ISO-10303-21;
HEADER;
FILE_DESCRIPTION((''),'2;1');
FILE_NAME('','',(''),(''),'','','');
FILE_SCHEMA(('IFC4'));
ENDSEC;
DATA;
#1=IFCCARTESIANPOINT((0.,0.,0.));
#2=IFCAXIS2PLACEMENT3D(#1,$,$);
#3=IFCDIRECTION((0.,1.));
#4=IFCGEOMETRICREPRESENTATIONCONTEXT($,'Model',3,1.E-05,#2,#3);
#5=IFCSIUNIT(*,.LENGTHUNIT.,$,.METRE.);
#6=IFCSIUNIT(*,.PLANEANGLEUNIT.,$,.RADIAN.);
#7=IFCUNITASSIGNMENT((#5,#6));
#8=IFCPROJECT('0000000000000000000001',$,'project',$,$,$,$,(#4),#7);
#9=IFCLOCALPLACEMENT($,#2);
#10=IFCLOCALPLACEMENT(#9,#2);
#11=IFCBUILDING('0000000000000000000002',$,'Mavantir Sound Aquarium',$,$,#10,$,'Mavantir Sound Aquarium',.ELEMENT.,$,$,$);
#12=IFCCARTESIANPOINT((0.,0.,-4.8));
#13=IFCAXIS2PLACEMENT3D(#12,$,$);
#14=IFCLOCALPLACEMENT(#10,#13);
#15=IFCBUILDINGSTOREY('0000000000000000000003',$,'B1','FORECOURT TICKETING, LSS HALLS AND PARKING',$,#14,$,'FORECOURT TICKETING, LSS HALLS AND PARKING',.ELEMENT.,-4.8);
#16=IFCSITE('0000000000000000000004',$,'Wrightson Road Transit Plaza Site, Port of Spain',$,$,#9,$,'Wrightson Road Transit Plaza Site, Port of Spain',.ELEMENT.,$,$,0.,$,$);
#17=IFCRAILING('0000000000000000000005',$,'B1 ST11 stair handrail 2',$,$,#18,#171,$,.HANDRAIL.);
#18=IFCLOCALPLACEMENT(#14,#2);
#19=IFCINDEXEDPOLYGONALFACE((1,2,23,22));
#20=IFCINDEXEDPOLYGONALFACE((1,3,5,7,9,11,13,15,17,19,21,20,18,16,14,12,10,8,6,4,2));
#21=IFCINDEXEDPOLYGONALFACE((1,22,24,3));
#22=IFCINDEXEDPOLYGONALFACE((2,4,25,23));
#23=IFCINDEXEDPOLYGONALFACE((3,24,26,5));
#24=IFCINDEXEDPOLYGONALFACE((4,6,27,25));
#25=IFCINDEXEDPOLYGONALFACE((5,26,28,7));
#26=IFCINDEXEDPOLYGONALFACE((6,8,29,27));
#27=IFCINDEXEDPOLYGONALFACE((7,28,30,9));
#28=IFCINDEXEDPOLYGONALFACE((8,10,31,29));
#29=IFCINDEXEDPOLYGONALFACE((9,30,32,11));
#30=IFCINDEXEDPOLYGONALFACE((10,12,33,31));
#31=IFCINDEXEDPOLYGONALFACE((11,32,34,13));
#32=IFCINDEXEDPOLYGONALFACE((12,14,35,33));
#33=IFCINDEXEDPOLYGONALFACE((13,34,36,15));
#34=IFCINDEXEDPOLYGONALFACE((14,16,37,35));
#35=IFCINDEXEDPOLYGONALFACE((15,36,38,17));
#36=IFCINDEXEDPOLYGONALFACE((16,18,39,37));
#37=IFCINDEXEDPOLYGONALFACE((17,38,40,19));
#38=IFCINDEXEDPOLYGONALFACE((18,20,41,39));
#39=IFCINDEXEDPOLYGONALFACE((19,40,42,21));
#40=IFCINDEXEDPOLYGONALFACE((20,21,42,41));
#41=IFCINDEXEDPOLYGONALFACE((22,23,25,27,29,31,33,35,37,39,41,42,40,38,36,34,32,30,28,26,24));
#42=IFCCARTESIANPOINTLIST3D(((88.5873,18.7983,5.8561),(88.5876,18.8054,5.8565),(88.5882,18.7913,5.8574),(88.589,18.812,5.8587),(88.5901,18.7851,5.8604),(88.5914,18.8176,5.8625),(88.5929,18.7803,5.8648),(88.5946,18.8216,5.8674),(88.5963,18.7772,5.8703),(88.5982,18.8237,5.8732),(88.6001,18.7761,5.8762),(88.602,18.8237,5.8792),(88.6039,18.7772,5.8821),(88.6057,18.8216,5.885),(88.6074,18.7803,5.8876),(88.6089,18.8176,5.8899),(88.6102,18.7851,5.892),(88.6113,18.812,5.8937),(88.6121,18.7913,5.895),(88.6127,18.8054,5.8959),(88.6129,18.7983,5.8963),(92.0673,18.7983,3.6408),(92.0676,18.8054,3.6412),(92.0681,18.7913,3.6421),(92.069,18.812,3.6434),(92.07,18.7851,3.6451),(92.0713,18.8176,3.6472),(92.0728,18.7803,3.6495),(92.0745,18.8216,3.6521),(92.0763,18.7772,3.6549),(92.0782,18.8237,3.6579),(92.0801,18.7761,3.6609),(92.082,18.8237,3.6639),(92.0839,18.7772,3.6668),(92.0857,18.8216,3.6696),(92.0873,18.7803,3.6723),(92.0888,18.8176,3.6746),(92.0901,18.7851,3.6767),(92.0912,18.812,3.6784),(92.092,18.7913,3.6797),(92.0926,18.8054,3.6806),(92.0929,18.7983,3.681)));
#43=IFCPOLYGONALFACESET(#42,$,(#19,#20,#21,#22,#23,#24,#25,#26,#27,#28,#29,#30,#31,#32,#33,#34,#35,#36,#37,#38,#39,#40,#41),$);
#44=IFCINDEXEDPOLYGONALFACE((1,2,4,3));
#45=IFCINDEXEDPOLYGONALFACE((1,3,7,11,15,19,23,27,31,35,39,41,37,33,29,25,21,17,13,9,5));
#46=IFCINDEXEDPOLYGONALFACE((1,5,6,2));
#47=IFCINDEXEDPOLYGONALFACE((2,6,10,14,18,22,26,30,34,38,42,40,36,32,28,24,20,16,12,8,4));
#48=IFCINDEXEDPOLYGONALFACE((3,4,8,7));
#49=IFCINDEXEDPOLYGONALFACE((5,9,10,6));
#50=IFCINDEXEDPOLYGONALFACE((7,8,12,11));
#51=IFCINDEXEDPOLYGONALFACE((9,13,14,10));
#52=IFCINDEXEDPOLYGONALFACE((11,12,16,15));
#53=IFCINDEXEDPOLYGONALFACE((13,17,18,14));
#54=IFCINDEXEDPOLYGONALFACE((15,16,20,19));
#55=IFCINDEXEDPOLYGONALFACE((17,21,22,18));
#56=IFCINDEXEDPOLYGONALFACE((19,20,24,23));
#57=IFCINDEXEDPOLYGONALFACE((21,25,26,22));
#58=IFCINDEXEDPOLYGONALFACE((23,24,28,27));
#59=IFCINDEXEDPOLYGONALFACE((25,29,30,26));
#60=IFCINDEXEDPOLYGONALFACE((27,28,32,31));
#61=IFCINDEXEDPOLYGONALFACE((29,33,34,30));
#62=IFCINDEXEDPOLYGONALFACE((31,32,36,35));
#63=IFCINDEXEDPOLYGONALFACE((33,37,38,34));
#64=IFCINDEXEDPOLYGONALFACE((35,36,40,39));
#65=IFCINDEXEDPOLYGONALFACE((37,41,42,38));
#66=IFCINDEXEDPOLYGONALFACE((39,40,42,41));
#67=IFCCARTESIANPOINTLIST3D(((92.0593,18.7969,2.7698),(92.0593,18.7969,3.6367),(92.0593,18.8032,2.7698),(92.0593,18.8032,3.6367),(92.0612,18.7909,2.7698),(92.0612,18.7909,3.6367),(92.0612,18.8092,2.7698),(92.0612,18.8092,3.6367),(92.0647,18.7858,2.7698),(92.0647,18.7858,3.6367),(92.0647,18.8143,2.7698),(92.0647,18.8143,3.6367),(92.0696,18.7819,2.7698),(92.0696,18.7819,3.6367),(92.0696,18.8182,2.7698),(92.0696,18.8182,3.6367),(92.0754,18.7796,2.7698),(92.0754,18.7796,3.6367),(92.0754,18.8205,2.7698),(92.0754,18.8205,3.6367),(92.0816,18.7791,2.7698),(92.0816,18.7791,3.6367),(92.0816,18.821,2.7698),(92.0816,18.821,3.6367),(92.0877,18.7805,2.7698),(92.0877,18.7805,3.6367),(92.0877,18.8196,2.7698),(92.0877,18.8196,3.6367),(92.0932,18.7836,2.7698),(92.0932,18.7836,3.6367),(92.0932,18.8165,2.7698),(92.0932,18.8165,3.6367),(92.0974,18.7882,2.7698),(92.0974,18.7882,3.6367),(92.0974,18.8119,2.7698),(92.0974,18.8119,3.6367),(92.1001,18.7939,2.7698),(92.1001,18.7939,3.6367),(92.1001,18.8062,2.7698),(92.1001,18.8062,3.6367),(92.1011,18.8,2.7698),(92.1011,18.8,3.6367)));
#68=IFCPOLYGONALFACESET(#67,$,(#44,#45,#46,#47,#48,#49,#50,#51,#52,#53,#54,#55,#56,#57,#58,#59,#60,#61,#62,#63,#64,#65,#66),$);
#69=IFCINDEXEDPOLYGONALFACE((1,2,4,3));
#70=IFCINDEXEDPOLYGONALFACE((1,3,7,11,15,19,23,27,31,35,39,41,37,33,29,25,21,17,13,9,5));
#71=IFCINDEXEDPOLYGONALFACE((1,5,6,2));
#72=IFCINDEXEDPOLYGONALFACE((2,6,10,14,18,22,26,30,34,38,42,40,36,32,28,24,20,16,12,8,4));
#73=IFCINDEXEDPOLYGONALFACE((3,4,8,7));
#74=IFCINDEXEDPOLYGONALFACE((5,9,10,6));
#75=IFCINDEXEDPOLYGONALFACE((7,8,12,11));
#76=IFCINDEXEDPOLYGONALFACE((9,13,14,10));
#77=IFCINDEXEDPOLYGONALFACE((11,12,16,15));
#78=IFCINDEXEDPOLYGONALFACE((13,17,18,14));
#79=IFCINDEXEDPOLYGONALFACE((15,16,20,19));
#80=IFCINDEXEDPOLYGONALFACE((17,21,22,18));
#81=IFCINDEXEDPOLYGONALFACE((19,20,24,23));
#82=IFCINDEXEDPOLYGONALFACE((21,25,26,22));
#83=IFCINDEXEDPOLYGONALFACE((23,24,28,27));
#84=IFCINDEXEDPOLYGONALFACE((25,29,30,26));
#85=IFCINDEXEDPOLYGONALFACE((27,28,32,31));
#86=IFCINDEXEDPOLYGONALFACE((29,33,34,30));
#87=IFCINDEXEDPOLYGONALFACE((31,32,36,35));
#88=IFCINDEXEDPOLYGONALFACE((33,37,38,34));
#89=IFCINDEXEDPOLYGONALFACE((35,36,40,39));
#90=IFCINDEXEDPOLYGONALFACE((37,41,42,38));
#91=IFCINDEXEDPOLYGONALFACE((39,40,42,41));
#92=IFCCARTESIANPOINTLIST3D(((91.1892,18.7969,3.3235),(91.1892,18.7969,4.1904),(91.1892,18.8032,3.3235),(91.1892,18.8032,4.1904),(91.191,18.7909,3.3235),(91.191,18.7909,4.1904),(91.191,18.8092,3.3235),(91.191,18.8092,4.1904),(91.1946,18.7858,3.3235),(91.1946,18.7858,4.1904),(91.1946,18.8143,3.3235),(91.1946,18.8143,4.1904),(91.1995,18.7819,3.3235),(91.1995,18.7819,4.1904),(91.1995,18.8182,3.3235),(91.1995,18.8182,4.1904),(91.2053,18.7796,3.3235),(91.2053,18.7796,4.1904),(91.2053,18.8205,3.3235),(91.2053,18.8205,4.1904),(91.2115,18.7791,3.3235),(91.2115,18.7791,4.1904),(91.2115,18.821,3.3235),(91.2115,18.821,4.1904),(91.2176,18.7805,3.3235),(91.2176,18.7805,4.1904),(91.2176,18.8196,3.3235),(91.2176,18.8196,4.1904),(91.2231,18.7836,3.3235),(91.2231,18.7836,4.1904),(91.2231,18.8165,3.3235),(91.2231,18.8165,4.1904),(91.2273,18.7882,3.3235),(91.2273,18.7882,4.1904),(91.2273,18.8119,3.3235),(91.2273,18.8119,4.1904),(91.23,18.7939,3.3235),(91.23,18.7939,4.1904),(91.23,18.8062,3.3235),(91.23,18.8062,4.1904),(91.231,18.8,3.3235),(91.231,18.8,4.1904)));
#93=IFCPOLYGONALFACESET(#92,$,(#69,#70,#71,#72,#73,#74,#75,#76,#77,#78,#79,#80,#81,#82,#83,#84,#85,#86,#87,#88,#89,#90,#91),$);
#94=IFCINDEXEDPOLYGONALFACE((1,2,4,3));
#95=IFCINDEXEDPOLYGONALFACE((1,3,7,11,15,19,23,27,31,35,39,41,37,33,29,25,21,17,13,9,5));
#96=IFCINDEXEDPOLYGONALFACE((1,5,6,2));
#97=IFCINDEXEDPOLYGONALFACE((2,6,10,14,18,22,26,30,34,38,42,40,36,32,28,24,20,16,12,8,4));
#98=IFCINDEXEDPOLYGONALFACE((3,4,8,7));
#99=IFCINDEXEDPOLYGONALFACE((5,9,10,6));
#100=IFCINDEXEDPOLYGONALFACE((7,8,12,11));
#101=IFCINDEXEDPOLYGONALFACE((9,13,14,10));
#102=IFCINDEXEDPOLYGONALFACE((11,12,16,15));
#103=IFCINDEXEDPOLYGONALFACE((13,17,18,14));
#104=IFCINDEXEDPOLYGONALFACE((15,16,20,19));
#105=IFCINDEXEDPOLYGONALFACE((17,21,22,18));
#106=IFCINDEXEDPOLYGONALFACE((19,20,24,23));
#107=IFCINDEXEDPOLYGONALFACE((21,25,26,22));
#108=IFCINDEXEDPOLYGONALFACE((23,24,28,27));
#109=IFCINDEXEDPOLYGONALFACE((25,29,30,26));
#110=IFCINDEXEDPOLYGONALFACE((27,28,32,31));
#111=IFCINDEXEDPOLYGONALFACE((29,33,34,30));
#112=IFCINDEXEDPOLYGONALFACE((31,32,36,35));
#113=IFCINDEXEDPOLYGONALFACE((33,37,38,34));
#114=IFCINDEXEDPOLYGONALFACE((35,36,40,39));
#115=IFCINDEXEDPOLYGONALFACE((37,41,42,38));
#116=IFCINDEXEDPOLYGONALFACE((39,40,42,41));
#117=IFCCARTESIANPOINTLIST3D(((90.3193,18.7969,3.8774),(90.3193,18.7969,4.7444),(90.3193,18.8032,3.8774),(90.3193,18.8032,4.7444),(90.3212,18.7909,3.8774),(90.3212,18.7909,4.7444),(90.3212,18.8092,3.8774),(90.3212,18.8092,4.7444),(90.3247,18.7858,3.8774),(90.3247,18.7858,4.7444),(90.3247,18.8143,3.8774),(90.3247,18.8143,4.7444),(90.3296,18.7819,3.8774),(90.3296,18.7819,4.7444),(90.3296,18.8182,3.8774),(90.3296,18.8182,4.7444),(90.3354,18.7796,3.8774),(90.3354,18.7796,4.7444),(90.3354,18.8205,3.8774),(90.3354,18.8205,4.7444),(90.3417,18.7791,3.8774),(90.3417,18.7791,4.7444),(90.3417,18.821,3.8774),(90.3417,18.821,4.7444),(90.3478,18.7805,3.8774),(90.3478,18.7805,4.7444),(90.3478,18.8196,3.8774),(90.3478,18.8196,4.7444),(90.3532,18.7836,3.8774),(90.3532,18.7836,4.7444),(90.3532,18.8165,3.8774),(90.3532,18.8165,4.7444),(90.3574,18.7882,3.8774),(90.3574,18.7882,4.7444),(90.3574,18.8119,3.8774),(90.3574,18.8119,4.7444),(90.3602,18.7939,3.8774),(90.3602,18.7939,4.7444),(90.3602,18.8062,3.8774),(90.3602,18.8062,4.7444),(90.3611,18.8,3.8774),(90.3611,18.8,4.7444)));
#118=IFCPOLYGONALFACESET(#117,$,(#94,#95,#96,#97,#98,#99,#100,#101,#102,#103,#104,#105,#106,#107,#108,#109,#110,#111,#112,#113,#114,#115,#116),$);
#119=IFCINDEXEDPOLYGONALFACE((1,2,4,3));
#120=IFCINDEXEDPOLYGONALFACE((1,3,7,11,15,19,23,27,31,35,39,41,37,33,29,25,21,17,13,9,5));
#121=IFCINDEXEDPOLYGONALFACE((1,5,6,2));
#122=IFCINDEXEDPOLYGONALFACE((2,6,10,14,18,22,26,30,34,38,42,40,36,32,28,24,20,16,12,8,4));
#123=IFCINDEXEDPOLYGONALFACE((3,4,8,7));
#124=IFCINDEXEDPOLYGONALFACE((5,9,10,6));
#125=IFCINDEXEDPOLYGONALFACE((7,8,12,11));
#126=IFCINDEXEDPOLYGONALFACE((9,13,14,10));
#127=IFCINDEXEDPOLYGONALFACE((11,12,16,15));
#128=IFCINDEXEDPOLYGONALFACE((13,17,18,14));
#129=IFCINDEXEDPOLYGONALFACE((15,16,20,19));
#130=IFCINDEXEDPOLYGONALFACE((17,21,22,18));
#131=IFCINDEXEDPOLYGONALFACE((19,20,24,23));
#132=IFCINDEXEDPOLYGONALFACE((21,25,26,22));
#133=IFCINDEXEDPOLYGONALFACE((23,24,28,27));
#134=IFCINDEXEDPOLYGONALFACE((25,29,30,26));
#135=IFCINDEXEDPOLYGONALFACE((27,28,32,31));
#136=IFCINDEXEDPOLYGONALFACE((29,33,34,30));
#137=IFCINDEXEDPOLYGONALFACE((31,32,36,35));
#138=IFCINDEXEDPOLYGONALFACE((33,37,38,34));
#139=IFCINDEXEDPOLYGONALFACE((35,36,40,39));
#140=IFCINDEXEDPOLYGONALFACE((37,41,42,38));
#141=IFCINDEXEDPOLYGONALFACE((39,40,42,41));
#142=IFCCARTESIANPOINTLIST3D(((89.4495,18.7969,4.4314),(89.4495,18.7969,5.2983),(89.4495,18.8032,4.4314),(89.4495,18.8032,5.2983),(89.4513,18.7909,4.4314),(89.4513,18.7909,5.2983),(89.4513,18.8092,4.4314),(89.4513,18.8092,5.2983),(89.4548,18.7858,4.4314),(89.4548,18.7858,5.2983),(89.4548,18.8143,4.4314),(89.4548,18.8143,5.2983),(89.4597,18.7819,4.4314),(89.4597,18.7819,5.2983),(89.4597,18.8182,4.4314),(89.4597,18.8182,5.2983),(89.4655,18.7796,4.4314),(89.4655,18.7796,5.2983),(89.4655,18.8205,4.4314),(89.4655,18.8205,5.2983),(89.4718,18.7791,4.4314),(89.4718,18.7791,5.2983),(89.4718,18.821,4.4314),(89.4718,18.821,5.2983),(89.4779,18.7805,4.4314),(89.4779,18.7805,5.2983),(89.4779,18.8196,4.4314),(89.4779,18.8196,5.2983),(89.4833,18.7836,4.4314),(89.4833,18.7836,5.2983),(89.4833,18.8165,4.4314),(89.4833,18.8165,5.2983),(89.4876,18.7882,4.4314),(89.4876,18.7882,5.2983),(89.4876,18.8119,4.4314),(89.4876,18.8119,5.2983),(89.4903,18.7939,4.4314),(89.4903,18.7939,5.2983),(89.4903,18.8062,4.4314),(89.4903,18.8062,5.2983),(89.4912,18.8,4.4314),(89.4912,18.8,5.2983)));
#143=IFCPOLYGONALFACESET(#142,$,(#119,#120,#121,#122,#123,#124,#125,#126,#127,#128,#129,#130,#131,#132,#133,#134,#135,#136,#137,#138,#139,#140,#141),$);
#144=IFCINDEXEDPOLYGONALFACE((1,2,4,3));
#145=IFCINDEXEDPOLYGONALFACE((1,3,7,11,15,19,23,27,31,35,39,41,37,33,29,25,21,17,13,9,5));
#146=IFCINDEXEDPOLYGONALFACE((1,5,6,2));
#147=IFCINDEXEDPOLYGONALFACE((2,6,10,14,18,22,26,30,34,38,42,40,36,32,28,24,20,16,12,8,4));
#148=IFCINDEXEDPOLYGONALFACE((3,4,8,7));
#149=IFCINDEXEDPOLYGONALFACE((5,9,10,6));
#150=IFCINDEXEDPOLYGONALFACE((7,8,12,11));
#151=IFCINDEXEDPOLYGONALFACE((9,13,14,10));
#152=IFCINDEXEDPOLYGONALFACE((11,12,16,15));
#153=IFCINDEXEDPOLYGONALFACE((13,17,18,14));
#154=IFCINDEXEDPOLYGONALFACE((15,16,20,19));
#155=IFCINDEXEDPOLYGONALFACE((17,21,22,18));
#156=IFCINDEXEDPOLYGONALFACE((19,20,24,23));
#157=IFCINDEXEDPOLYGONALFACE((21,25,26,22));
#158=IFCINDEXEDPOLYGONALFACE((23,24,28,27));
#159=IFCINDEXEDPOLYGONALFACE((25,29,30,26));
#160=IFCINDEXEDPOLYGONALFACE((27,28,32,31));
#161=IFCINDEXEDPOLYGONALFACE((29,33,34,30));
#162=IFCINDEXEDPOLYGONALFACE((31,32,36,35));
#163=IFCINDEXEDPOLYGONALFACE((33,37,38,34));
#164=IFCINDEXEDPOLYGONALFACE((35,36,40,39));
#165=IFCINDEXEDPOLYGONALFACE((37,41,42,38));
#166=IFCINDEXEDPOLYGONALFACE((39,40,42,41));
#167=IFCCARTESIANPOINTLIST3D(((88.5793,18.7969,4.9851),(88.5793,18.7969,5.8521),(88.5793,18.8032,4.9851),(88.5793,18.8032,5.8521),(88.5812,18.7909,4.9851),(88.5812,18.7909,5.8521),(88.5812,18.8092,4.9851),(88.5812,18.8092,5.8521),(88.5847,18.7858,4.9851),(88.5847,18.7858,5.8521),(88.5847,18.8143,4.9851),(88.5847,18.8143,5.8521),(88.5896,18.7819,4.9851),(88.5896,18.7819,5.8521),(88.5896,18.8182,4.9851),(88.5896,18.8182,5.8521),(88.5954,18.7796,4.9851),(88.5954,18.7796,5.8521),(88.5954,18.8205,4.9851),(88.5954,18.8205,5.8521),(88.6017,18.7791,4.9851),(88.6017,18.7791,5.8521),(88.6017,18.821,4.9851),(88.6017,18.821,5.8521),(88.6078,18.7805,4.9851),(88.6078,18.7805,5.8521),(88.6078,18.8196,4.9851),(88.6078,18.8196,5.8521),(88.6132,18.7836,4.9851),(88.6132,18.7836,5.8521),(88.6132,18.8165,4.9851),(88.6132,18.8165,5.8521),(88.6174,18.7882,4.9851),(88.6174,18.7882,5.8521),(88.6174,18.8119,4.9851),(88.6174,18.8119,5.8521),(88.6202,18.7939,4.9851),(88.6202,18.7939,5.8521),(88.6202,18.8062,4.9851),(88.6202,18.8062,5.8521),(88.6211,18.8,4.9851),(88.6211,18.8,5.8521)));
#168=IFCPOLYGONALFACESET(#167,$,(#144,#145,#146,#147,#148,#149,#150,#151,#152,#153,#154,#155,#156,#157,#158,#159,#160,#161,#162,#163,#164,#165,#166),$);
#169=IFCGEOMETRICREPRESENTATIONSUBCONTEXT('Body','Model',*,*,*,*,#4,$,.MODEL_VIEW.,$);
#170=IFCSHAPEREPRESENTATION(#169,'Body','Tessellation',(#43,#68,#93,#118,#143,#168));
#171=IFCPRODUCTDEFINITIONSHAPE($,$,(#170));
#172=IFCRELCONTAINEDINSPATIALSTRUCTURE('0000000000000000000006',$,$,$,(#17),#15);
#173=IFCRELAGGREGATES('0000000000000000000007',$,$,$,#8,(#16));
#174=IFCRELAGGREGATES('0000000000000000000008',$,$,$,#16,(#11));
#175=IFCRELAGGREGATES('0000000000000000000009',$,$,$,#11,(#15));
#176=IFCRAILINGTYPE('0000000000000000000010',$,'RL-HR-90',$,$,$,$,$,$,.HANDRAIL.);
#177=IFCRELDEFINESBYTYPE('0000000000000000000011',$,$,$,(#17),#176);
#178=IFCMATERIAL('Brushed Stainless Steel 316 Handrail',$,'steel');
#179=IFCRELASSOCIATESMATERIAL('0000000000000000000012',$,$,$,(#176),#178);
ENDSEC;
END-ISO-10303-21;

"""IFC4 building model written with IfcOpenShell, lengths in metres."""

from ifc_helpers import new_model, si_unit, direction, frame, origin, origin_2d, place, context, subcontext, project, spatial, circle, extrude, material, type_object, element, save


model = new_model("IFC4")

# Units and contexts
model_context = context("Model", 3, precision=1e-05, world=origin(), true_north=direction((0.0, 1.0)))
body_context = subcontext(model_context, "Body", "Model", "MODEL_VIEW")
ifc_project = project(units=[si_unit("LENGTHUNIT", "METRE"), si_unit("PLANEANGLEUNIT", "RADIAN")], contexts=[model_context])

# Site, building, storey
site_placement = place(None, origin())
site = spatial("IfcSite", under=ifc_project, at=site_placement, Name="Wrightson Road Transit Plaza Site, Port of Spain", LongName="Wrightson Road Transit Plaza Site, Port of Spain", CompositionType="ELEMENT", RefElevation=0.0)
building_placement = place(site_placement, origin())
building = spatial("IfcBuilding", under=site, at=building_placement, Name="Mavantir Sound Aquarium", LongName="Mavantir Sound Aquarium", CompositionType="ELEMENT")
storey_placement = place(building_placement, frame((0.0, 0.0, -4.8)))
storey = spatial("IfcBuildingStorey", under=building, at=storey_placement, Name="B1", Description="FORECOURT TICKETING, LSS HALLS AND PARKING", LongName="FORECOURT TICKETING, LSS HALLS AND PARKING", CompositionType="ELEMENT", Elevation=-4.8)

# Railing
ifc_material_1 = material(Name="Brushed Stainless Steel 316 Handrail", Category="steel")
railing_type_1 = type_object("IfcRailingType", Name="RL-HR-90", PredefinedType="HANDRAIL", material=ifc_material_1)
railing_1_placement = place(storey_placement, frame((92.0801, 18.8, 2.7698)))
element("IfcRailing", 1, at=railing_1_placement, inside=storey, type_object=railing_type_1, Name="B1 ST11 stair handrail 2", PredefinedType="HANDRAIL", context=body_context, shape_type="SweptSolid", body=[
    extrude(circle(Radius=0.0239, at=origin_2d()), frame((0.0, 0.0, 0.8911), z_axis=(-0.843574, 0.0, 0.537013), x_axis=(0.0, -1.0, 0.0)), (0.0, 0.0, 1.0), 4.1252),
    extrude(circle(Radius=0.021, at=origin_2d()), origin(), (0.0, 0.0, 1.0), 0.8669),
    extrude(circle(Radius=0.021, at=origin_2d()), frame((-0.8701, 0.0, 0.5537)), (0.0, 0.0, 1.0), 0.8669),
    extrude(circle(Radius=0.021, at=origin_2d()), frame((-1.74, 0.0, 1.1077)), (0.0, 0.0, 1.0), 0.8669),
    extrude(circle(Radius=0.021, at=origin_2d()), frame((-2.6099, 0.0, 1.6616)), (0.0, 0.0, 1.0), 0.8669),
    extrude(circle(Radius=0.021, at=origin_2d()), frame((-3.48, 0.0, 2.2153)), (0.0, 0.0, 1.0), 0.8669),
])

save(model, "model.ifc")
